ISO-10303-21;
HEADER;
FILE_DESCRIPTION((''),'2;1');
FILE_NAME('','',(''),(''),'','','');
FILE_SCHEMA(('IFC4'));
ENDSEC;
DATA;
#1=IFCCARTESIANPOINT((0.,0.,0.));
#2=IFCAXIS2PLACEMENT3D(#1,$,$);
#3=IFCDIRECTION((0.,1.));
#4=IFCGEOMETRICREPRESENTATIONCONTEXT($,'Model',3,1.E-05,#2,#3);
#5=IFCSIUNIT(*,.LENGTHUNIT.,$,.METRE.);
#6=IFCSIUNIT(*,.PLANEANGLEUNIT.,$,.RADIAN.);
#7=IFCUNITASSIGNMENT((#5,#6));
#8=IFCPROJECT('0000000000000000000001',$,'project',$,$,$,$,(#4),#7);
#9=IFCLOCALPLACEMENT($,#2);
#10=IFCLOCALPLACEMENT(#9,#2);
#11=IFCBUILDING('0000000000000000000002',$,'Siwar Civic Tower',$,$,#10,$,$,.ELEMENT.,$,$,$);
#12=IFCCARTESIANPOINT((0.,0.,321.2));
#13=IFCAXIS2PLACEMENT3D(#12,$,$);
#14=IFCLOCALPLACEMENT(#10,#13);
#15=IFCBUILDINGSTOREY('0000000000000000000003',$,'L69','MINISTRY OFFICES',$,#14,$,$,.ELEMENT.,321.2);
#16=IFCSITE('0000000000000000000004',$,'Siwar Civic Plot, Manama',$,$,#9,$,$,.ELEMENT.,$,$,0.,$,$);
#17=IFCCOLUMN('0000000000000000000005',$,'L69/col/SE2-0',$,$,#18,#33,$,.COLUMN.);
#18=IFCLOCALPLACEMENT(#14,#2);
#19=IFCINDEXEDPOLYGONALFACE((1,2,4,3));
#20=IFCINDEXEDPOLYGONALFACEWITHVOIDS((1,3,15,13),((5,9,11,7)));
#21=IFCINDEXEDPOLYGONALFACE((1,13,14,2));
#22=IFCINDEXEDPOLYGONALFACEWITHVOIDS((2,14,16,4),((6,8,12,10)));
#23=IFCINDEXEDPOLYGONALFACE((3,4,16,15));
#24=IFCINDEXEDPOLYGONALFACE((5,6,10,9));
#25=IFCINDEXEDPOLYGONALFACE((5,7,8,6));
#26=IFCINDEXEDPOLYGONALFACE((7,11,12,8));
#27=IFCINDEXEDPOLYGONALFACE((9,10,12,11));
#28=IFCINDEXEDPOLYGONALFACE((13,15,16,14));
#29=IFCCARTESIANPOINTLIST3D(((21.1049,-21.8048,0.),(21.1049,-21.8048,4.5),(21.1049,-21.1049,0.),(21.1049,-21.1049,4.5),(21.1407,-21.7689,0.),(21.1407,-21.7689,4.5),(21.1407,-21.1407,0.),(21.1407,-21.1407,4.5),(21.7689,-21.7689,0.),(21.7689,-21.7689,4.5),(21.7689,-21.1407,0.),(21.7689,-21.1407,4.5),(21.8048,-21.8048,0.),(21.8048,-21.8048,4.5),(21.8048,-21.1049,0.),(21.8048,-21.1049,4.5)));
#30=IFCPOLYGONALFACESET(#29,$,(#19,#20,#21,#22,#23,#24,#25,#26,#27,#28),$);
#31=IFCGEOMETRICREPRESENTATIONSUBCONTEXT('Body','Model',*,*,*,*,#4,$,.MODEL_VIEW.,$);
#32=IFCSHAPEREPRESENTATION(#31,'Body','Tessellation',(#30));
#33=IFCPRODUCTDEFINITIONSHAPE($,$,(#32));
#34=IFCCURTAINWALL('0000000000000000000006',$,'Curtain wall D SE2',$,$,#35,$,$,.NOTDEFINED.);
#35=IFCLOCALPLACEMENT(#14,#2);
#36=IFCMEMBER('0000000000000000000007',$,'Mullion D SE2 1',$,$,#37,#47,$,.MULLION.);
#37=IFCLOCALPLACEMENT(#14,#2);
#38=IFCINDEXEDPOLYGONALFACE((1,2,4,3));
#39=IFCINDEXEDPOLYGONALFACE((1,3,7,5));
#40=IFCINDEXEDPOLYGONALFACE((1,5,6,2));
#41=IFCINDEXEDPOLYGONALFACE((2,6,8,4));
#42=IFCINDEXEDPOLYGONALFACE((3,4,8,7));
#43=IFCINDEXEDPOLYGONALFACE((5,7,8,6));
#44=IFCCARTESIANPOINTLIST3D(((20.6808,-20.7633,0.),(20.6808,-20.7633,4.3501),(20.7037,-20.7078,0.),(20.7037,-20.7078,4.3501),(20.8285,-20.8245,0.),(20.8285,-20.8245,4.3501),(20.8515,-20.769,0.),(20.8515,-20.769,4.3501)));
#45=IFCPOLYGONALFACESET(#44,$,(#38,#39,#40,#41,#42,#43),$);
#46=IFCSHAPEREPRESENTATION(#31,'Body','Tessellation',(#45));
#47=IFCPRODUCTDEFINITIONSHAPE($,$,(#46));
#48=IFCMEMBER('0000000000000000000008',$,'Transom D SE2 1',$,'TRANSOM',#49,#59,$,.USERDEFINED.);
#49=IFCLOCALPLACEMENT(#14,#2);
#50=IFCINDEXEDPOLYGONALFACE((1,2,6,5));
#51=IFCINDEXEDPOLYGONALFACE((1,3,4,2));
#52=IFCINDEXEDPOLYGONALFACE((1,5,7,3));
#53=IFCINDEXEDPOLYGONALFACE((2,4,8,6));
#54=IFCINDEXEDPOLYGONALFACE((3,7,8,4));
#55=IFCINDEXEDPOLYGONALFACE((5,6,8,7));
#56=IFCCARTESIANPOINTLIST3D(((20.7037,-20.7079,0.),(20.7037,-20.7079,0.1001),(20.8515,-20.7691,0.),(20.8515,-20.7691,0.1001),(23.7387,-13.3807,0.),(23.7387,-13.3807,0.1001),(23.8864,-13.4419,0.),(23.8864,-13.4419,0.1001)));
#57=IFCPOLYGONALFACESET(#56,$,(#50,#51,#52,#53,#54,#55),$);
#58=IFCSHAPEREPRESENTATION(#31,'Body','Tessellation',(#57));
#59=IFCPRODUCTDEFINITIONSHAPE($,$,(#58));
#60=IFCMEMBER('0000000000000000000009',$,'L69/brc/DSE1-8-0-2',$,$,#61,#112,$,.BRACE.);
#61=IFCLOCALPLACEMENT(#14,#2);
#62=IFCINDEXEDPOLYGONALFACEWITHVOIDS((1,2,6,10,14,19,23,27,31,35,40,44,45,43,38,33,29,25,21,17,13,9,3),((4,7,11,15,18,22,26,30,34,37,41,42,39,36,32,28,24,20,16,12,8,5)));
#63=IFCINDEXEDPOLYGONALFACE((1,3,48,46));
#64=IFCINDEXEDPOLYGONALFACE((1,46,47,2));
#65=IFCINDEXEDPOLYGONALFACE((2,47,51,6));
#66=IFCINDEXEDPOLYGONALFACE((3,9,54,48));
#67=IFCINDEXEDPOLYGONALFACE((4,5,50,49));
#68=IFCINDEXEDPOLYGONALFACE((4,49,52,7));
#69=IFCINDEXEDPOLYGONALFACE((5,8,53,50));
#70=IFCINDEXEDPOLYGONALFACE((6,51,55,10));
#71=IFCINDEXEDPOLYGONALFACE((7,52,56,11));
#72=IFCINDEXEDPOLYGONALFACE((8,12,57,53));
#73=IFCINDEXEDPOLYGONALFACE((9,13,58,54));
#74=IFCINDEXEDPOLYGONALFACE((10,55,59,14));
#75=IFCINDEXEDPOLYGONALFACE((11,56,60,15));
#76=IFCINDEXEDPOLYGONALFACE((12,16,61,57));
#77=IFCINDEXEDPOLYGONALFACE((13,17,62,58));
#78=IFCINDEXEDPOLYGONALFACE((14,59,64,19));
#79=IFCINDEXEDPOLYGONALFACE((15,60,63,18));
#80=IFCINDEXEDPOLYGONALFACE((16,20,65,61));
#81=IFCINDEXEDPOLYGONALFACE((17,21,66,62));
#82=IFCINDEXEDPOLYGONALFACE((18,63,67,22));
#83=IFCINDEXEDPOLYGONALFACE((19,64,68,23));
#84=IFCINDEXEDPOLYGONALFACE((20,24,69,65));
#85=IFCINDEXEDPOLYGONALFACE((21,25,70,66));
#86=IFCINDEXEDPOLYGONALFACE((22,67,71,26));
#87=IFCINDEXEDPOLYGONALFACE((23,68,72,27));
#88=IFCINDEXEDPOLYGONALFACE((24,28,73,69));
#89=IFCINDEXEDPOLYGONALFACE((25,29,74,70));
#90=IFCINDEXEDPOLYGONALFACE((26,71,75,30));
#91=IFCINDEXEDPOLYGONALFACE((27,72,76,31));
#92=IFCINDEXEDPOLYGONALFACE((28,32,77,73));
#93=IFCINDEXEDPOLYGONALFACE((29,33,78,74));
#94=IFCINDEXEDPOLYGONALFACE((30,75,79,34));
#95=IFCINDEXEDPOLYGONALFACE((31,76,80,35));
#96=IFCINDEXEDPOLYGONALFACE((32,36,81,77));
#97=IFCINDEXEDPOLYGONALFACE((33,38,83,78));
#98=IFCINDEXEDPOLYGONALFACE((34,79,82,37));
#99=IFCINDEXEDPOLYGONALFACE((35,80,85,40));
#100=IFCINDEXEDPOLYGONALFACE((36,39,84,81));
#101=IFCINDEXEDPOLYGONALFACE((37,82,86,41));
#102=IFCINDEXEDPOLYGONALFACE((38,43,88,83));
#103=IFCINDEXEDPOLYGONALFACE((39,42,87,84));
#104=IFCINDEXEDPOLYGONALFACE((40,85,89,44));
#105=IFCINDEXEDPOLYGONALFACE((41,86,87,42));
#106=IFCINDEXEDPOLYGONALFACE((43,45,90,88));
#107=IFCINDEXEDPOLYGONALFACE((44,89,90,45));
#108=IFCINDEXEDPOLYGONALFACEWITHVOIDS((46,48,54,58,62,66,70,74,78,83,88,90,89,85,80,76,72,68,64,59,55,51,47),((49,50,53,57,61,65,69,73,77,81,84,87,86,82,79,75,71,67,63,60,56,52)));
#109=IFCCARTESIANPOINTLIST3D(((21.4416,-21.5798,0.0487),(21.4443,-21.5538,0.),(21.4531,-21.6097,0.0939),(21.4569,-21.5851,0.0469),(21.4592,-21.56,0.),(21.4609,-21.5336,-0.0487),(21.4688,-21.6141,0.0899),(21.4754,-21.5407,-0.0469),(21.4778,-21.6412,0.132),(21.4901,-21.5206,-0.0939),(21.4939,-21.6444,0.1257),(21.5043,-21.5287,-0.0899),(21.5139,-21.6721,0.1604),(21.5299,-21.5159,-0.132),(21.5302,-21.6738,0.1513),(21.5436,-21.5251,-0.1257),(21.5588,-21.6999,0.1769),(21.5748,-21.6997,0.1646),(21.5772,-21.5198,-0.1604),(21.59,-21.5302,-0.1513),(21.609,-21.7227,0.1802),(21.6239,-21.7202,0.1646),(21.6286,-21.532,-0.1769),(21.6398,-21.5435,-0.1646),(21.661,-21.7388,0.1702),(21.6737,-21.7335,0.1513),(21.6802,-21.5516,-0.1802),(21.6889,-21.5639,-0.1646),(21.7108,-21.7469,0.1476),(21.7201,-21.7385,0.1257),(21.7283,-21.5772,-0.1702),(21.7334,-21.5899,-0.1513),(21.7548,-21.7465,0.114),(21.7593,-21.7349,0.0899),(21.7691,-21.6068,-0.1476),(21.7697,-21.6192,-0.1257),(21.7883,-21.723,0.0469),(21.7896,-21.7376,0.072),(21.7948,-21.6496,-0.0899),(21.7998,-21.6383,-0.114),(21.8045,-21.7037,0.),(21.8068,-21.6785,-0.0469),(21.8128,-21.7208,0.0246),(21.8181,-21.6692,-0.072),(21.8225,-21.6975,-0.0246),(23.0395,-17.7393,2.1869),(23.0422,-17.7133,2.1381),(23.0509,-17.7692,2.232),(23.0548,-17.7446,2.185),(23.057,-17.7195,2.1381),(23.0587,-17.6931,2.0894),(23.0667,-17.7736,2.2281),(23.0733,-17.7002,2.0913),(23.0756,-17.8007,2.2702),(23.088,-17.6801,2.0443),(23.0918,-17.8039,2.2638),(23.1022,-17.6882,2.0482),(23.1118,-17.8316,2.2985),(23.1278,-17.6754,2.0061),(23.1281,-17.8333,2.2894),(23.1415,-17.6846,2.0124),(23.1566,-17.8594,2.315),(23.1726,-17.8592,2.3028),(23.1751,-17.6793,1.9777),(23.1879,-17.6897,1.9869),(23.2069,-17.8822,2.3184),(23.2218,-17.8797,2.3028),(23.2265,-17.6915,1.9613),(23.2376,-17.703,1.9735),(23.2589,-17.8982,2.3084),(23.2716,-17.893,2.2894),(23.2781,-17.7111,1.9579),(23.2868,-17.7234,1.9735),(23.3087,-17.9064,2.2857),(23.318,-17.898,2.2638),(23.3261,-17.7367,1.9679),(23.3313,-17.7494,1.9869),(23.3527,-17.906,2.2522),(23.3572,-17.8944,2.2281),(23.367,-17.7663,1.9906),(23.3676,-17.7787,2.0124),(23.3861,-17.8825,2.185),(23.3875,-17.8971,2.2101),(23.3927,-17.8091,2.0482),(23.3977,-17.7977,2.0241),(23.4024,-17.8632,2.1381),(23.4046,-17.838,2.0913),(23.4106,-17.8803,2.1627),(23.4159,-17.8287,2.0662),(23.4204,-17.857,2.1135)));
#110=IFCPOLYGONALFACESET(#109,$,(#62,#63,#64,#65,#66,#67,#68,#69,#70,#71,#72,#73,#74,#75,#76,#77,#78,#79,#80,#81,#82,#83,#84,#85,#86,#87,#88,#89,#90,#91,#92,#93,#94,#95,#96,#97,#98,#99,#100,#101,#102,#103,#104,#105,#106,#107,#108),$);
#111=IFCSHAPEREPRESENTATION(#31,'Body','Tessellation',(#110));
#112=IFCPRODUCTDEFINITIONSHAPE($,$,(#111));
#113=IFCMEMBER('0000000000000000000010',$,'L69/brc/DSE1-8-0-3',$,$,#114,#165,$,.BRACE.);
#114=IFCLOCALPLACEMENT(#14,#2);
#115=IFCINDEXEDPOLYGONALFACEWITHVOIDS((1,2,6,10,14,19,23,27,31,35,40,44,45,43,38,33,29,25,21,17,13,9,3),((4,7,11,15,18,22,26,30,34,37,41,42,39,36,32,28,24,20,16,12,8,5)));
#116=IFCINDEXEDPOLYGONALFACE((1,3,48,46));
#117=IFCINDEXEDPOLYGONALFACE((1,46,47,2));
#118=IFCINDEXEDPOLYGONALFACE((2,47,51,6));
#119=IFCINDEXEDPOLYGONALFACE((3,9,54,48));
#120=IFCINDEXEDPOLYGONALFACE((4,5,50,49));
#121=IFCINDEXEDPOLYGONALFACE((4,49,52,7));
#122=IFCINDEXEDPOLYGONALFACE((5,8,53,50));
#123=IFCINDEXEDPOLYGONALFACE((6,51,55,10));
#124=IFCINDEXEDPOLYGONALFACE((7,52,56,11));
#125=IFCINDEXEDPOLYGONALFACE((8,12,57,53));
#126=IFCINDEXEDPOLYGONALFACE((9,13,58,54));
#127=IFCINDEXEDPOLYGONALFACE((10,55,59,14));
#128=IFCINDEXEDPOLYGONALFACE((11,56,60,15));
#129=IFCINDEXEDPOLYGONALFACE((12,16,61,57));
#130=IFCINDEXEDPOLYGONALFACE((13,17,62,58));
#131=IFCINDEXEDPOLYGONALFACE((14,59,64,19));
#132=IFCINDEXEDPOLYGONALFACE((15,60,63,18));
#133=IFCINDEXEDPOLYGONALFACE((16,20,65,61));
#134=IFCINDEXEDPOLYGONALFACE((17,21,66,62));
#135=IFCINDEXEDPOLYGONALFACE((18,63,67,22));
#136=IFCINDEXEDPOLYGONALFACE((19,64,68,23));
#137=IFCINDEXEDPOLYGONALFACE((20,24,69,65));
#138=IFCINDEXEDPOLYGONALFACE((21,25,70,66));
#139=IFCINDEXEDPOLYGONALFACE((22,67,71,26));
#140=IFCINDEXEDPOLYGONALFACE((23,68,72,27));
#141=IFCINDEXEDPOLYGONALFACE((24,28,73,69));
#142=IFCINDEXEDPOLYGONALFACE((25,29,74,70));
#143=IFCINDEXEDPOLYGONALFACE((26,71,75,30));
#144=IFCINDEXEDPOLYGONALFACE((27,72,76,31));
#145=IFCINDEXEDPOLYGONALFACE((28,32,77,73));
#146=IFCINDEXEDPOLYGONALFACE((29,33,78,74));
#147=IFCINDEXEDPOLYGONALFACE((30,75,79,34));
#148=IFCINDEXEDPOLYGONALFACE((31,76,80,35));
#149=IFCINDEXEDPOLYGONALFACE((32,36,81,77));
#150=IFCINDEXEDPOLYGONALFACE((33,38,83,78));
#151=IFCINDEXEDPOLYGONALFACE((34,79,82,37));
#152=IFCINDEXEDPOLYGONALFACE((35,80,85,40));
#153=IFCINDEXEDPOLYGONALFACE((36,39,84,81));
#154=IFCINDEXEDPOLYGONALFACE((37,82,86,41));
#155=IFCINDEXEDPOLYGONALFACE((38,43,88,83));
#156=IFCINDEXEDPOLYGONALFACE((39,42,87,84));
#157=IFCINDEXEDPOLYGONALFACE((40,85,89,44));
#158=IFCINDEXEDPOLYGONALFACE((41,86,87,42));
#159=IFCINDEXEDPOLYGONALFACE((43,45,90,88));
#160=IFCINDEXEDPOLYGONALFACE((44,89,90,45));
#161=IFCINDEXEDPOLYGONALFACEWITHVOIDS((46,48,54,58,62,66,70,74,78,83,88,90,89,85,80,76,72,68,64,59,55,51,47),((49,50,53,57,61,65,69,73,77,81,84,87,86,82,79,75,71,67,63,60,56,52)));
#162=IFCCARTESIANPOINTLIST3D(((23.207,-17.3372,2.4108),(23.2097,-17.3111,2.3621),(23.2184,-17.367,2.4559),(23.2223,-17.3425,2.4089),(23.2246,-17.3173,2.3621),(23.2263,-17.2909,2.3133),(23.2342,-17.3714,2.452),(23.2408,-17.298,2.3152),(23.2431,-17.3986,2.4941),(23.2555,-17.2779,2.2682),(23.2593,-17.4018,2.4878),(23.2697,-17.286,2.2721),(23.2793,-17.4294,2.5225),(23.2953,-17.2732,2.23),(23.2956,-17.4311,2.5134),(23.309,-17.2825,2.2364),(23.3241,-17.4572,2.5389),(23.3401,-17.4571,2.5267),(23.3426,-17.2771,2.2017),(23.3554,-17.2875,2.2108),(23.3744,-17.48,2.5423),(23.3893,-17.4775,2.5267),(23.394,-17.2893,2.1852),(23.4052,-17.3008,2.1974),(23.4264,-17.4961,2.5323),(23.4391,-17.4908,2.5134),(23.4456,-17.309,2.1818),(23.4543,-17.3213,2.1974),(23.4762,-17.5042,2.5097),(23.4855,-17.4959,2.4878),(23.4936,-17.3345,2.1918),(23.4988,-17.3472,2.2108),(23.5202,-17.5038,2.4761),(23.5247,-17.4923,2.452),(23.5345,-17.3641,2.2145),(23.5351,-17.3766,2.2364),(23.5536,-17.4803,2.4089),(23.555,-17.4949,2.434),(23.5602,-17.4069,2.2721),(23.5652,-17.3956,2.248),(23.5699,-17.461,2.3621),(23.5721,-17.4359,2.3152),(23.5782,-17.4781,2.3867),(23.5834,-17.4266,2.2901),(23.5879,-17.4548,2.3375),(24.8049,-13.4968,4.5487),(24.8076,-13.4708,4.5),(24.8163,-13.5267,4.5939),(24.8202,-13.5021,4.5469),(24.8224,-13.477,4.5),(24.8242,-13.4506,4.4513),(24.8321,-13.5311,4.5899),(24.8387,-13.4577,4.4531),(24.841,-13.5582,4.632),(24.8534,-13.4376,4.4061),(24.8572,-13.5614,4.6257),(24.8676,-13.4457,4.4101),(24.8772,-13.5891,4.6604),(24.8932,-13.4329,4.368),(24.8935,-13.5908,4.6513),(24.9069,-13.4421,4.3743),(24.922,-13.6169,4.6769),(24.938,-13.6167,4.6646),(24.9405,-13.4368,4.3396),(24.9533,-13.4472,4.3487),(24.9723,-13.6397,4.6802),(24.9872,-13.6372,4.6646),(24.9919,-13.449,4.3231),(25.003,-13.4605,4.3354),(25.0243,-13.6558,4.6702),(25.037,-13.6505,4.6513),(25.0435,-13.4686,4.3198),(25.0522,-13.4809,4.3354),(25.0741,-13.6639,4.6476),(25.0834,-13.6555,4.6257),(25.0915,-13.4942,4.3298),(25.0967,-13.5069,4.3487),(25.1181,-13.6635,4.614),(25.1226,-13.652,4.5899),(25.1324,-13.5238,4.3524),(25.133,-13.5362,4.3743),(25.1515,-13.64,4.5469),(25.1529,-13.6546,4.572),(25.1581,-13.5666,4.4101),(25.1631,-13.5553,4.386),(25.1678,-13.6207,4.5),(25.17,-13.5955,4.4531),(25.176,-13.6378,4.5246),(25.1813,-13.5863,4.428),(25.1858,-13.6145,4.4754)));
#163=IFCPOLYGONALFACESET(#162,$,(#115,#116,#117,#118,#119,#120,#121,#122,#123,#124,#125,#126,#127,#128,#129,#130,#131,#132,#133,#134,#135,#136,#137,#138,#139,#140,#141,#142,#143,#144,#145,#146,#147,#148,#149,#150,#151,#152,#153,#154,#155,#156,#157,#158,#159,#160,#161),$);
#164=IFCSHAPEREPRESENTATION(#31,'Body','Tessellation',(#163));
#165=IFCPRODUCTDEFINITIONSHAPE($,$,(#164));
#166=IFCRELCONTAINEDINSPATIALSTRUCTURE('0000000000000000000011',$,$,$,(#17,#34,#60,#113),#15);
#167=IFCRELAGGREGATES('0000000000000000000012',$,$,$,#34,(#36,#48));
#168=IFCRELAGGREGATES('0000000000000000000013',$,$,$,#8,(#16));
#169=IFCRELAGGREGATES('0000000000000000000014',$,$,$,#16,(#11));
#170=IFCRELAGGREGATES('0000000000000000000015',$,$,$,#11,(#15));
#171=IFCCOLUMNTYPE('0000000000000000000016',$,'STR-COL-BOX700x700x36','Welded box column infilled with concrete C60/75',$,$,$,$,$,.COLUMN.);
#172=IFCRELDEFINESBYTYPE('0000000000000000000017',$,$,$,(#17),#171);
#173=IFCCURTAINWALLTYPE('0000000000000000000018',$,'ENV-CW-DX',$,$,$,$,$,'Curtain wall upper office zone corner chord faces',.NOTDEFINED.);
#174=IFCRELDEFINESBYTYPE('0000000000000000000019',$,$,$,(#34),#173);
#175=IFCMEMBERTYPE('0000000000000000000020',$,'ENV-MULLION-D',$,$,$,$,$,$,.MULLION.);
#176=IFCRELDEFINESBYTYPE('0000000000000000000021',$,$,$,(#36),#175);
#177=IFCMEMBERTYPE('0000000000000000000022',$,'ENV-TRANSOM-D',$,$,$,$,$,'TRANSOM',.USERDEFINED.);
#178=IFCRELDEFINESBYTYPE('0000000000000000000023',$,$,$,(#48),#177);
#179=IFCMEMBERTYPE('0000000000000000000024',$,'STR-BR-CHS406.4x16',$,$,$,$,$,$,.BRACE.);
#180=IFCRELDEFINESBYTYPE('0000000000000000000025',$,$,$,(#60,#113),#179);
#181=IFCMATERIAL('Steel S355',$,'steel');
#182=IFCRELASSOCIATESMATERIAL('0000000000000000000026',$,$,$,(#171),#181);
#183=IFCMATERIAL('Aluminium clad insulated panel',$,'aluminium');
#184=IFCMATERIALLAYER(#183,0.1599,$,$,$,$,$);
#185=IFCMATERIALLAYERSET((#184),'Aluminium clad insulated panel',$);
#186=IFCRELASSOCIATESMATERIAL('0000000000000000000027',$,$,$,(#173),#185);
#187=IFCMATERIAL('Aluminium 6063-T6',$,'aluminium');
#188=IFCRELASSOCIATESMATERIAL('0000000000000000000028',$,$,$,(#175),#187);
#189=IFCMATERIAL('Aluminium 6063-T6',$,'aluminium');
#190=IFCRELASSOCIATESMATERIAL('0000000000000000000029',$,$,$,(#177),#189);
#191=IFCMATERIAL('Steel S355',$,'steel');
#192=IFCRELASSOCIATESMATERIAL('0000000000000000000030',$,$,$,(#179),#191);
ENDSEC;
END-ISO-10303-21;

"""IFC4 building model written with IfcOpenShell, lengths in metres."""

from ifc_helpers import new_model, si_unit, direction, frame, origin, origin_2d, place, context, subcontext, project, spatial, rectangle, hollow_rectangle, hollow_circle, extrude, material, layer, layer_set, material_profile, profile_set, type_object, element, aggregate, save


model = new_model("IFC4")

# Units and contexts
model_context = context("Model", 3, precision=1e-05, world=origin(), true_north=direction((0.0, 1.0)))
body_context = subcontext(model_context, "Body", "Model", "MODEL_VIEW")
ifc_project = project(units=[si_unit("LENGTHUNIT", "METRE"), si_unit("PLANEANGLEUNIT", "RADIAN")], contexts=[model_context])

# Site, building, storey
site_placement = place(None, origin())
site = spatial("IfcSite", under=ifc_project, at=site_placement, Name="Siwar Civic Plot, Manama", CompositionType="ELEMENT", RefElevation=0.0)
building_placement = place(site_placement, origin())
building = spatial("IfcBuilding", under=site, at=building_placement, Name="Siwar Civic Tower", CompositionType="ELEMENT")
storey_placement = place(building_placement, frame((0.0, 0.0, 321.2)))
storey = spatial("IfcBuildingStorey", under=building, at=storey_placement, Name="L69", Description="MINISTRY OFFICES", CompositionType="ELEMENT", Elevation=321.2)

# Column
ifc_material_1 = material(Name="Steel S355", Category="steel")
ifc_material_profile_1 = material_profile(ifc_material_1, hollow_rectangle(XDim=0.7, YDim=0.7, WallThickness=0.0359, at=origin_2d()), Name="BOX700x700x36")
ifc_profile_set_1 = profile_set([ifc_material_profile_1], Name="Steel S355")
column_type = type_object("IfcColumnType", Name="STR-COL-BOX700x700x36", Description="Welded box column infilled with concrete C60/75", PredefinedType="COLUMN", material=ifc_profile_set_1)
column_placement = place(storey_placement, frame((21.4548, -21.4548, 0.0), z_axis=(0.0, 0.0, 1.0), x_axis=(1.0, 0.0, 0.0)))
element("IfcColumn", 1, at=column_placement, inside=storey, type_object=column_type, Name="L69/col/SE2-0", PredefinedType="COLUMN", context=body_context, shape_type="SweptSolid", body=[
    extrude(hollow_rectangle(XDim=0.7, YDim=0.7, WallThickness=0.0359, at=origin_2d()), origin(), (0.0, 0.0, 1.0), 4.5),
])

# Curtain wall, members
ifc_material_2 = material(Name="Aluminium clad insulated panel", Category="aluminium")
ifc_layer_1 = layer(ifc_material_2, 0.1599)
ifc_layer_set_1 = layer_set([ifc_layer_1], Name="Aluminium clad insulated panel")
curtain_wall_type = type_object("IfcCurtainWallType", Name="ENV-CW-DX", ElementType="Curtain wall upper office zone corner chord faces", PredefinedType="NOTDEFINED", material=ifc_layer_set_1)
curtain_wall_1_placement = place(storey_placement, origin())
curtain_wall_1 = element("IfcCurtainWall", 2, at=curtain_wall_1_placement, inside=storey, type_object=curtain_wall_type, Name="Curtain wall D SE2", PredefinedType="NOTDEFINED")
ifc_material_3 = material(Name="Aluminium 6063-T6", Category="aluminium")
ifc_material_profile_2 = material_profile(ifc_material_3, rectangle(XDim=0.1599, YDim=0.0601, at=origin_2d()), Name="AL 160x60")
ifc_profile_set_2 = profile_set([ifc_material_profile_2], Name="Aluminium 6063-T6")
member_type_1 = type_object("IfcMemberType", Name="ENV-MULLION-D", PredefinedType="MULLION", material=ifc_profile_set_2)
member_1_placement = place(storey_placement, frame((20.7661, -20.7661, 0.0), z_axis=(0.0, 0.0, 1.0), x_axis=(-0.92388, 0.382683, 0.0)))
member_1 = element("IfcMember", 3, at=member_1_placement, type_object=member_type_1, Name="Mullion D SE2 1", PredefinedType="MULLION", context=body_context, shape_type="SweptSolid", body=[
    extrude(rectangle(XDim=0.1599, YDim=0.0601, at=origin_2d()), origin(), (0.0, 0.0, 1.0), 4.3501),
])
ifc_material_4 = material(Name="Aluminium 6063-T6", Category="aluminium")
ifc_material_profile_3 = material_profile(ifc_material_4, rectangle(XDim=0.1599, YDim=0.1001, at=origin_2d()), Name="AL 160x100")
ifc_profile_set_3 = profile_set([ifc_material_profile_3], Name="Aluminium 6063-T6")
member_type_2 = type_object("IfcMemberType", Name="ENV-TRANSOM-D", ElementType="TRANSOM", PredefinedType="USERDEFINED", material=ifc_profile_set_3)
member_2_placement = place(storey_placement, frame((20.7776, -20.7385, 0.05), z_axis=(0.382674, 0.923884, 0.0), x_axis=(-0.923884, 0.382674, 0.0)))
member_2 = element("IfcMember", 4, at=member_2_placement, type_object=member_type_2, Name="Transom D SE2 1", ObjectType="TRANSOM", PredefinedType="USERDEFINED", context=body_context, shape_type="SweptSolid", body=[
    extrude(rectangle(XDim=0.1599, YDim=0.1001, at=origin_2d()), origin(), (0.0, 0.0, 1.0), 7.9309),
])

# Members
ifc_material_5 = material(Name="Steel S355", Category="steel")
ifc_material_profile_4 = material_profile(ifc_material_5, hollow_circle(Radius=0.2031, WallThickness=0.0161, at=origin_2d()), Name="CHS406.4x16")
ifc_profile_set_4 = profile_set([ifc_material_profile_4], Name="Steel S355")
member_type_3 = type_object("IfcMemberType", Name="STR-BR-CHS406.4x16", PredefinedType="BRACE", material=ifc_profile_set_4)
member_3_placement = place(storey_placement, frame((21.6318, -21.6318, 0.0), z_axis=(0.341644, 0.821147, 0.457161), x_axis=(-0.923276, 0.384136, 0.0)))
element("IfcMember", 5, at=member_3_placement, inside=storey, type_object=member_type_3, Name="L69/brc/DSE1-8-0-2", PredefinedType="BRACE", context=body_context, shape_type="SweptSolid", body=[
    extrude(hollow_circle(Radius=0.2031, WallThickness=0.0161, at=origin_2d()), origin(), (0.0, 0.0, 1.0), 4.677),
])
member_4_placement = place(storey_placement, frame((23.3972, -17.3892, 2.3621), z_axis=(0.341667, 0.82115, 0.45714), x_axis=(-0.923268, 0.384157, 0.0)))
element("IfcMember", 6, at=member_4_placement, inside=storey, type_object=member_type_3, Name="L69/brc/DSE1-8-0-3", PredefinedType="BRACE", context=body_context, shape_type="SweptSolid", body=[
    extrude(hollow_circle(Radius=0.2031, WallThickness=0.0161, at=origin_2d()), origin(), (0.0, 0.0, 1.0), 4.6768),
])

aggregate(curtain_wall_1, [member_1, member_2])

save(model, "model.ifc")
